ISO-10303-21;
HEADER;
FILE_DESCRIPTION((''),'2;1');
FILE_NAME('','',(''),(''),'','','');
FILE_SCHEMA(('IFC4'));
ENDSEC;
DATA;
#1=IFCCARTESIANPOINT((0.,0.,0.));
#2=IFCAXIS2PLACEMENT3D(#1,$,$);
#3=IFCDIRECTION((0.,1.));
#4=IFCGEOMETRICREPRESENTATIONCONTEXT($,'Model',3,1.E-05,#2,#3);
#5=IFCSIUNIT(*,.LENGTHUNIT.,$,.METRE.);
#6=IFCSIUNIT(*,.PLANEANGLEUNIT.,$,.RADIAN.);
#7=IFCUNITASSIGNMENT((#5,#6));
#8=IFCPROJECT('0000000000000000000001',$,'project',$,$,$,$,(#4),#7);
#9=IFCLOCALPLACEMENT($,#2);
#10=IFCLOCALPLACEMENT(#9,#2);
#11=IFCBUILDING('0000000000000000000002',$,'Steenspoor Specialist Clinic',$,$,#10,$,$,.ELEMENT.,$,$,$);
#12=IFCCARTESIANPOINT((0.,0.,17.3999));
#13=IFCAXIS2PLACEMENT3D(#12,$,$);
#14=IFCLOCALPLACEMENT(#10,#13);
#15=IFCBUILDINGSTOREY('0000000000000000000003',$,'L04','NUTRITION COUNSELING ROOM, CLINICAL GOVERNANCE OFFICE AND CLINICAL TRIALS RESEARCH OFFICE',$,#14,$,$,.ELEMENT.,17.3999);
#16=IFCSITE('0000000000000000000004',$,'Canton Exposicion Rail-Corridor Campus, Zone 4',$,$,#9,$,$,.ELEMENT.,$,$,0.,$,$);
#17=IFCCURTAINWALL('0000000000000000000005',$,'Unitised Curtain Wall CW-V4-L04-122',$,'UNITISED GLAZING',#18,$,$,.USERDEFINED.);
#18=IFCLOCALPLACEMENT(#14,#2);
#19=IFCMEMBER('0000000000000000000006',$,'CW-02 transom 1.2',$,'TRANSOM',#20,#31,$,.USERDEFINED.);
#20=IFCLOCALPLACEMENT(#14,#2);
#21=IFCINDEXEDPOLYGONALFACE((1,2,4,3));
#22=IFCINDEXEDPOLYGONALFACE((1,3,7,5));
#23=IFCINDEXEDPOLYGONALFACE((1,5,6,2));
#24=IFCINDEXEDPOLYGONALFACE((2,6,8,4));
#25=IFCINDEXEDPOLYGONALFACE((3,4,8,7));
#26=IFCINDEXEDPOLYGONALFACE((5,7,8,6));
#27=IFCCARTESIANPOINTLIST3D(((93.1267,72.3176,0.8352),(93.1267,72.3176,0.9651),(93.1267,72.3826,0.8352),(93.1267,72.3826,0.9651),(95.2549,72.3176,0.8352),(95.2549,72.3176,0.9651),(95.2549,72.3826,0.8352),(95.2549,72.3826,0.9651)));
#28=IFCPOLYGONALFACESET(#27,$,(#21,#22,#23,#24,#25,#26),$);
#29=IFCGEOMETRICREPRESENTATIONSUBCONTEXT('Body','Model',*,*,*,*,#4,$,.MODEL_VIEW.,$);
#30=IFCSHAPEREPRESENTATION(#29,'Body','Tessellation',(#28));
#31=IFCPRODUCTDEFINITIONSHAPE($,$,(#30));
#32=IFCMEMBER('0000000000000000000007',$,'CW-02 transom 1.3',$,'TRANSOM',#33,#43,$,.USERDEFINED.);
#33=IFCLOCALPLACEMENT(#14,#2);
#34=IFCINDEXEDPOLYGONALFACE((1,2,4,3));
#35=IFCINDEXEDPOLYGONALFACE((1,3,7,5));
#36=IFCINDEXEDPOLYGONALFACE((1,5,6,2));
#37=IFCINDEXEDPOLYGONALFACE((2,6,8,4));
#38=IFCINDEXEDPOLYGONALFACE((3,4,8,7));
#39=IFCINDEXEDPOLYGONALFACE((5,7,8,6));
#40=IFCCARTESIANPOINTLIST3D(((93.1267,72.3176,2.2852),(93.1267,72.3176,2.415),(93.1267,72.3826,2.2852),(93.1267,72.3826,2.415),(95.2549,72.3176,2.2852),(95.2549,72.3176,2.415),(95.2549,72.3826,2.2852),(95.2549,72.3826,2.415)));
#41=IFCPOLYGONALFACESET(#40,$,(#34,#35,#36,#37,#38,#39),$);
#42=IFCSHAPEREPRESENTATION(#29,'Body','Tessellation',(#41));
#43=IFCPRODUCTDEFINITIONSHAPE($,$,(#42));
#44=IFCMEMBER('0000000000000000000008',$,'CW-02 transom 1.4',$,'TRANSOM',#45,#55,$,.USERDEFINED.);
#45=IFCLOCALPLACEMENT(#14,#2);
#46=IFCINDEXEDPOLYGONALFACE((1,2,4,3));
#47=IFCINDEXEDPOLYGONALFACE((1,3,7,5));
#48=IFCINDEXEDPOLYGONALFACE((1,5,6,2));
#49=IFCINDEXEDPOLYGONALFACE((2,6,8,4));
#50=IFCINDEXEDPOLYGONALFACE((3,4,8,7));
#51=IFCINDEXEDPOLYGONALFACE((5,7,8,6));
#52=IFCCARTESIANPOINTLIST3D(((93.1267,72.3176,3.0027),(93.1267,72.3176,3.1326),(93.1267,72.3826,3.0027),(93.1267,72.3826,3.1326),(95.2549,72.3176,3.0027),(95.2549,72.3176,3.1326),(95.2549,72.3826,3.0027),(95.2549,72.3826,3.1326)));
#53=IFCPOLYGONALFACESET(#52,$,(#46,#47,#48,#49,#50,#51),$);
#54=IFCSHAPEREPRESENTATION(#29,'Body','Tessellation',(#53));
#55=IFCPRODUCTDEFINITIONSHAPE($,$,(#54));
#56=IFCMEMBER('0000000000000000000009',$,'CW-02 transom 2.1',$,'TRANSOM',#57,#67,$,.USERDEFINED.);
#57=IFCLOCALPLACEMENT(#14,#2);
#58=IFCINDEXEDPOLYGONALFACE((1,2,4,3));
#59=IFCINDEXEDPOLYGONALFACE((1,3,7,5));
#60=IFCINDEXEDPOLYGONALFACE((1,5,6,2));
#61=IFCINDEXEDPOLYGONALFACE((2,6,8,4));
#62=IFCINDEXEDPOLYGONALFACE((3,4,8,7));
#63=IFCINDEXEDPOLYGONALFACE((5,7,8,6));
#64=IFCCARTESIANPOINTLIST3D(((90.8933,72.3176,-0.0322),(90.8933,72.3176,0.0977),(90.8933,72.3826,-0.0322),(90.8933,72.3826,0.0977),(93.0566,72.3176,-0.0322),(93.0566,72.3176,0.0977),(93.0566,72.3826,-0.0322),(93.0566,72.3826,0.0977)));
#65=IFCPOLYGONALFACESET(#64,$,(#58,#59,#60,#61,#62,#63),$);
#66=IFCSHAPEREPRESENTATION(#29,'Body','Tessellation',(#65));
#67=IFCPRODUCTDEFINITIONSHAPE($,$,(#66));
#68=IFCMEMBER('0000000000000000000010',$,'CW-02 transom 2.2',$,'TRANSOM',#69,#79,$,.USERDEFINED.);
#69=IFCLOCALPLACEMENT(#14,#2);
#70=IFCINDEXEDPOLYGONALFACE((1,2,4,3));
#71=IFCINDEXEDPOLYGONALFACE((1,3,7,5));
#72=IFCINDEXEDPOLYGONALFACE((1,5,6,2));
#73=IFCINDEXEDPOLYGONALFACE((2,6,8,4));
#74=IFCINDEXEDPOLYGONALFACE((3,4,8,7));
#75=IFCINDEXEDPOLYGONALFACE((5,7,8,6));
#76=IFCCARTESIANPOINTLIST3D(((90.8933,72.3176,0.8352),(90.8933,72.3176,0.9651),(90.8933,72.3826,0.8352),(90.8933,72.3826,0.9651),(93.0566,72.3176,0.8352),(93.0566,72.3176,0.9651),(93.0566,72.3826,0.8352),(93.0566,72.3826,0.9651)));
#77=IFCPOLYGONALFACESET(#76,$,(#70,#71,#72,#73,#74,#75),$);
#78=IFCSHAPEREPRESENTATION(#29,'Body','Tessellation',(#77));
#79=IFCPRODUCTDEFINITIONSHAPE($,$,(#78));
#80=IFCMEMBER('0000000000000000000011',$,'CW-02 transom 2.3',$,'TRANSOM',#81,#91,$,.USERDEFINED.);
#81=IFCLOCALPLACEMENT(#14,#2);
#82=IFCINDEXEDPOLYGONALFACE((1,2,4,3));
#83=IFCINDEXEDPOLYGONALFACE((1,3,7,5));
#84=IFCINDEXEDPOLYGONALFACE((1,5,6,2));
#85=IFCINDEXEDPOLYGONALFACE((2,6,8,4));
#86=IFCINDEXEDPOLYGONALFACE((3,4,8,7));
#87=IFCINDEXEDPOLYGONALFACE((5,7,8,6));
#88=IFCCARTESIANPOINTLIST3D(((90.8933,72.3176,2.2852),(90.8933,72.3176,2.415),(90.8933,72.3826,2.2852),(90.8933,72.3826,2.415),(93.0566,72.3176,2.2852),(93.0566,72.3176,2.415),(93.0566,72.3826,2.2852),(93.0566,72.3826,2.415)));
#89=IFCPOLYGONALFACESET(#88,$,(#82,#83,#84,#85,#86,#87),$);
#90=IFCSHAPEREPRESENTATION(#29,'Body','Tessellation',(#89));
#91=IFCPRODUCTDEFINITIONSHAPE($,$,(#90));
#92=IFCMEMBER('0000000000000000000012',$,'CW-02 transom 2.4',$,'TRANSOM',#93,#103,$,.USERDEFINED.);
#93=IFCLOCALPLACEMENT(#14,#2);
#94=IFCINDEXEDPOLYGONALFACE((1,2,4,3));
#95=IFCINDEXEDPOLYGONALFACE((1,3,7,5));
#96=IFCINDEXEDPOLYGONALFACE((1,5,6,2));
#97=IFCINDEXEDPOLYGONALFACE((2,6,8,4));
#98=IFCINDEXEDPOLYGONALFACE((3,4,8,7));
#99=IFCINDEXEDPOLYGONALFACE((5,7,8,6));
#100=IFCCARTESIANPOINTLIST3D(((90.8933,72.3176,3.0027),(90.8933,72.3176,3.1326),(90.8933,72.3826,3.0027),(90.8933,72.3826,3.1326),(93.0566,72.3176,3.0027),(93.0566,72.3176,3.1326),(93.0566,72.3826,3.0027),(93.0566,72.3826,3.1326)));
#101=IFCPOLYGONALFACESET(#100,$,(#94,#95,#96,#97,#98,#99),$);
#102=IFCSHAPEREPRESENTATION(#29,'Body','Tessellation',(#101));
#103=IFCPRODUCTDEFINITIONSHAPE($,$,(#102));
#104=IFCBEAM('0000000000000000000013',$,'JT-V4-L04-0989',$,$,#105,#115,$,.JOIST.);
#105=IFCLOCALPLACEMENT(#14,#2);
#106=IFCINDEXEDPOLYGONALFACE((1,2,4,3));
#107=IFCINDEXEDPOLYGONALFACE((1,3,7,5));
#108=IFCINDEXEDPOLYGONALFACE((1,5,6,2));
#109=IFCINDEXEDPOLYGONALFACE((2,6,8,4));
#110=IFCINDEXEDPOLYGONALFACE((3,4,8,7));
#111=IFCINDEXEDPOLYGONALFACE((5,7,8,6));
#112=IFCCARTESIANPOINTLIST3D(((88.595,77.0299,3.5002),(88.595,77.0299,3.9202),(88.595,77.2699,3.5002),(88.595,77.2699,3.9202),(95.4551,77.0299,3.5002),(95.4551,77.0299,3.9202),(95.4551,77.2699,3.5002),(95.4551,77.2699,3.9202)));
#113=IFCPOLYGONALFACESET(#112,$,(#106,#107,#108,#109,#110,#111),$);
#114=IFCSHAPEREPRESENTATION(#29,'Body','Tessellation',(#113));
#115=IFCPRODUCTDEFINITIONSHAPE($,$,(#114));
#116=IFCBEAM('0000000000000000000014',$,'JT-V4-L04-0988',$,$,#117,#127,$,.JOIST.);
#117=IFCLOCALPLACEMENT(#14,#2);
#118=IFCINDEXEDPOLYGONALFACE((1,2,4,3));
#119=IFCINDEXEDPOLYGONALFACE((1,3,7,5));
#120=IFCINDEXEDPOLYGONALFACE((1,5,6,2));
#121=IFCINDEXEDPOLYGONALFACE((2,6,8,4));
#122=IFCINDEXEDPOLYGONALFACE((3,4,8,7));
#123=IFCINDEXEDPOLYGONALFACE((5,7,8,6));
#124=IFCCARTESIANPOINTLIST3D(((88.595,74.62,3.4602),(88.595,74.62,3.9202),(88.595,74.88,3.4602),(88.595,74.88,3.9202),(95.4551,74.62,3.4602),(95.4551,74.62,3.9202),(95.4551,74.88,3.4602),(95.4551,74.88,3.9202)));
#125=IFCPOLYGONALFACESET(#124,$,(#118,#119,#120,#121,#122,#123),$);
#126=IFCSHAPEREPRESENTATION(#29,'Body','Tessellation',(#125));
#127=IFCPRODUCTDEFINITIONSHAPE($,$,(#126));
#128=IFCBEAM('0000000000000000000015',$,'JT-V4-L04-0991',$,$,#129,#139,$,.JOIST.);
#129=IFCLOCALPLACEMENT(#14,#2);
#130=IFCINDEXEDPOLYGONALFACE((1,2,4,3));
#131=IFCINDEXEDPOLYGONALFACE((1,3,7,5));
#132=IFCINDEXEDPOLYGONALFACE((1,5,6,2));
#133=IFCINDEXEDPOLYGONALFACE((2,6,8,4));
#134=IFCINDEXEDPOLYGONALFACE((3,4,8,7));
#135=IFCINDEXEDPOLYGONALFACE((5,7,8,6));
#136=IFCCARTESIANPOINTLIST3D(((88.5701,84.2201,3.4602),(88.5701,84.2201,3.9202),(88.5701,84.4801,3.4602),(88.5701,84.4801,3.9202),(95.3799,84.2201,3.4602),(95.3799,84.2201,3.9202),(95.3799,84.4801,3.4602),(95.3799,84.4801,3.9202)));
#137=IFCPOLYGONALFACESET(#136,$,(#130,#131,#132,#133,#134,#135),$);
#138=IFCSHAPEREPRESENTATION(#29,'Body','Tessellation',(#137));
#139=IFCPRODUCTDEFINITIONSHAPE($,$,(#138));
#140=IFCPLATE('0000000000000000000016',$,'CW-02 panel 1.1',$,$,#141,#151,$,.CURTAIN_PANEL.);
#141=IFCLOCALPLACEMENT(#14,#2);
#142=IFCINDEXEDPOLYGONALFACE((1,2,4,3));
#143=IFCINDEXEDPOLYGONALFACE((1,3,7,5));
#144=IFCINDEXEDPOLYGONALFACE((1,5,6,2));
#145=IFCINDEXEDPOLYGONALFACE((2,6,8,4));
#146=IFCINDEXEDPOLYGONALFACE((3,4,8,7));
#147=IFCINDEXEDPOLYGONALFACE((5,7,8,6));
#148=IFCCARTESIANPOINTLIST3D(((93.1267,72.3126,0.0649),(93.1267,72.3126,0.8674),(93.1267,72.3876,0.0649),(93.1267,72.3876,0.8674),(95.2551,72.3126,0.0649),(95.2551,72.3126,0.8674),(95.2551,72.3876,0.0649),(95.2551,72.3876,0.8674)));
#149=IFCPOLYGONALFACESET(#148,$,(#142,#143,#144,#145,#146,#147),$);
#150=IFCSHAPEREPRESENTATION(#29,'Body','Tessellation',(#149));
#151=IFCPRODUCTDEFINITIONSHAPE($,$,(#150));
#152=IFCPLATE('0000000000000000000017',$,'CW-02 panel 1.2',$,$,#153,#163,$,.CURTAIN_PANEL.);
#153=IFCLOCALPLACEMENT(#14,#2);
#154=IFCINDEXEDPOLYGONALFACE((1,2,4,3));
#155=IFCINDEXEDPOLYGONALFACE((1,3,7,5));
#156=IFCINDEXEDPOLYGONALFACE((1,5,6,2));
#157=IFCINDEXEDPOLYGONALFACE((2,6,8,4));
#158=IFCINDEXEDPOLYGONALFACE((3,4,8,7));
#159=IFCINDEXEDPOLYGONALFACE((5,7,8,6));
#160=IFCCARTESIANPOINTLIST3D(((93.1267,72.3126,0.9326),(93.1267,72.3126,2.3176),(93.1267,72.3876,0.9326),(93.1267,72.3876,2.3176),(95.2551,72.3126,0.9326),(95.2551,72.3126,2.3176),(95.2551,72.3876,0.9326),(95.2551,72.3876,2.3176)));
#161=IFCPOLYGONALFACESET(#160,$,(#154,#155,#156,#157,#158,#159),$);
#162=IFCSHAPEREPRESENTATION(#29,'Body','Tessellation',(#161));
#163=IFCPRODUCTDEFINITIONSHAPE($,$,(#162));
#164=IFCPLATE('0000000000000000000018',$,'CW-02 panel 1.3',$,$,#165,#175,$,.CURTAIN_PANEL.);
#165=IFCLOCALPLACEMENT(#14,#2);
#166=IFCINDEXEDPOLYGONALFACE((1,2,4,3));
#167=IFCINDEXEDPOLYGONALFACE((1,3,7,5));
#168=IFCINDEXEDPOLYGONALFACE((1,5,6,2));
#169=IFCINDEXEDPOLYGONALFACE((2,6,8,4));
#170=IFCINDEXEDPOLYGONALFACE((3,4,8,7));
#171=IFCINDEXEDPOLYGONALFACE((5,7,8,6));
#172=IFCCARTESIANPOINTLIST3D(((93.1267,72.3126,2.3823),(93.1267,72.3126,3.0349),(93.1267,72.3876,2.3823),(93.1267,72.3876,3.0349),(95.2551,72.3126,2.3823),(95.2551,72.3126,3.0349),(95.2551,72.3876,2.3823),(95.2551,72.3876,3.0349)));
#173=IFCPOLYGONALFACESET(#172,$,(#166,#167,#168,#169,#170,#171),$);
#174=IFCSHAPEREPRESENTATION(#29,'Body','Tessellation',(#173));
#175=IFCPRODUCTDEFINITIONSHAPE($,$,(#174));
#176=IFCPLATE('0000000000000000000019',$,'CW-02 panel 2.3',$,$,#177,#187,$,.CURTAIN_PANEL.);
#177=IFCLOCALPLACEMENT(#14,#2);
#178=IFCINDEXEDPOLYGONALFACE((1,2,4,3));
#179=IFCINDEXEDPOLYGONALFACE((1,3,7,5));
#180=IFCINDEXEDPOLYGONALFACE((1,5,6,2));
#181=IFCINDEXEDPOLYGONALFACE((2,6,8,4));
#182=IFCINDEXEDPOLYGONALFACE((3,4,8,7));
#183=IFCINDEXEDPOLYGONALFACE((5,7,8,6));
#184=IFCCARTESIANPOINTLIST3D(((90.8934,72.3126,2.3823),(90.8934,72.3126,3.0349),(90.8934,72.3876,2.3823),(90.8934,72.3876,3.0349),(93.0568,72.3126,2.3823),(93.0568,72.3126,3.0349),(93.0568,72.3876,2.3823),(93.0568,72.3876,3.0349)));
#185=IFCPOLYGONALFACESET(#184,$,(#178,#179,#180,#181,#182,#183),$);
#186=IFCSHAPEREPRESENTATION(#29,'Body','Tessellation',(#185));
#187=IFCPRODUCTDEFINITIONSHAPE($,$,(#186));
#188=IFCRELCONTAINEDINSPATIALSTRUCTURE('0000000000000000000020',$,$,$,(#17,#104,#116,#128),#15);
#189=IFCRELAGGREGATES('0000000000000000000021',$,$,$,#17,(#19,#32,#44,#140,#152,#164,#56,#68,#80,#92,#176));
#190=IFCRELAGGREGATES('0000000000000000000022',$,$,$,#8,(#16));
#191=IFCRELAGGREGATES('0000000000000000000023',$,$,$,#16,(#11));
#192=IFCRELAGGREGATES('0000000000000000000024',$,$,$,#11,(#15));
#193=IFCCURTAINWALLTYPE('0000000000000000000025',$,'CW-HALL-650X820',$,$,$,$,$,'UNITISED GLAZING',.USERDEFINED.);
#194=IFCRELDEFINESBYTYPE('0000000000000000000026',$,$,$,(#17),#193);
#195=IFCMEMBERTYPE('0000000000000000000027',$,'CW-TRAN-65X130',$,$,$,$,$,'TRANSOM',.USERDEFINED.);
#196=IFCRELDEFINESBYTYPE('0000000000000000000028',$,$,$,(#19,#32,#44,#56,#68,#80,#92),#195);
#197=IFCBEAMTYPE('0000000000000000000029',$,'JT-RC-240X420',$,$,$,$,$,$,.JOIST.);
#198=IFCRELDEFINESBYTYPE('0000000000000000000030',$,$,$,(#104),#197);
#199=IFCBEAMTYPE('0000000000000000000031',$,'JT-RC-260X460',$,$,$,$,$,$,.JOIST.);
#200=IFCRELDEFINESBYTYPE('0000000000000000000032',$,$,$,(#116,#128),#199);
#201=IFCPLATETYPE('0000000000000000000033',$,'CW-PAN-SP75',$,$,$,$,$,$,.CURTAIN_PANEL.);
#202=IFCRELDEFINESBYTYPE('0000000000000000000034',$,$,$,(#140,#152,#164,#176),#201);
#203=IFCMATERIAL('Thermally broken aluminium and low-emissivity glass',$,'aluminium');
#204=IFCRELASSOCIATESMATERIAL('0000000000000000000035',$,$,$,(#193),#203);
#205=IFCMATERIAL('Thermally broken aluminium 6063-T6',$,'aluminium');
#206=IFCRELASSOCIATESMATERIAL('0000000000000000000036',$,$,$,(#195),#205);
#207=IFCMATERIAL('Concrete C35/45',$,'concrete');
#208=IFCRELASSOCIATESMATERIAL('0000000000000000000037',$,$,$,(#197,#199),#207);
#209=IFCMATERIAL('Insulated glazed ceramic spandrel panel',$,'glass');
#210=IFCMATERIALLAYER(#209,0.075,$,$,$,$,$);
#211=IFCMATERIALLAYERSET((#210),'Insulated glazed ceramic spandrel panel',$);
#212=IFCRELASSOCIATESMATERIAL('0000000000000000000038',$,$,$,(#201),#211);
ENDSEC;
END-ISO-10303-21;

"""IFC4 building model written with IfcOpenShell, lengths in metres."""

from ifc_helpers import new_model, si_unit, direction, frame, origin, origin_2d, place, context, subcontext, project, spatial, rectangle, extrude, material, layer, layer_set, material_profile, profile_set, type_object, element, aggregate, save


model = new_model("IFC4")

# Units and contexts
model_context = context("Model", 3, precision=1e-05, world=origin(), true_north=direction((0.0, 1.0)))
body_context = subcontext(model_context, "Body", "Model", "MODEL_VIEW")
ifc_project = project(units=[si_unit("LENGTHUNIT", "METRE"), si_unit("PLANEANGLEUNIT", "RADIAN")], contexts=[model_context])

# Site, building, storey
site_placement = place(None, origin())
site = spatial("IfcSite", under=ifc_project, at=site_placement, Name="Canton Exposicion Rail-Corridor Campus, Zone 4", CompositionType="ELEMENT", RefElevation=0.0)
building_placement = place(site_placement, origin())
building = spatial("IfcBuilding", under=site, at=building_placement, Name="Steenspoor Specialist Clinic", CompositionType="ELEMENT")
storey_placement = place(building_placement, frame((0.0, 0.0, 17.3999)))
storey = spatial("IfcBuildingStorey", under=building, at=storey_placement, Name="L04", Description="NUTRITION COUNSELING ROOM, CLINICAL GOVERNANCE OFFICE AND CLINICAL TRIALS RESEARCH OFFICE", CompositionType="ELEMENT", Elevation=17.3999)

# Shared definitions
ifc_material_1 = material(Name="Concrete C35/45", Category="concrete")

# Shared definitions
ifc_material_2 = material(Name="Thermally broken aluminium and low-emissivity glass", Category="aluminium")
ifc_material_3 = material(Name="Thermally broken aluminium 6063-T6", Category="aluminium")

# Curtain wall, members
curtain_wall_type_1 = type_object("IfcCurtainWallType", Name="CW-HALL-650X820", ElementType="UNITISED GLAZING", PredefinedType="USERDEFINED", material=ifc_material_2)
curtain_wall_1_placement = place(storey_placement, origin())
curtain_wall_1 = element("IfcCurtainWall", 1, at=curtain_wall_1_placement, inside=storey, type_object=curtain_wall_type_1, Name="Unitised Curtain Wall CW-V4-L04-122", ObjectType="UNITISED GLAZING", PredefinedType="USERDEFINED")
ifc_material_profile_1 = material_profile(ifc_material_3, rectangle(XDim=0.0649, YDim=0.1299, at=origin_2d()), Name="CWT-65X130")
ifc_profile_set_1 = profile_set([ifc_material_profile_1], Name="Thermally broken aluminium 6063-T6")
member_type_1 = type_object("IfcMemberType", Name="CW-TRAN-65X130", ElementType="TRANSOM", PredefinedType="USERDEFINED", material=ifc_profile_set_1)
member_1_placement = place(storey_placement, frame((95.2549, 72.3501, 0.9001), z_axis=(-1.0, 0.0, 0.0), x_axis=(0.0, -1.0, 0.0)))
member_1 = element("IfcMember", 2, at=member_1_placement, type_object=member_type_1, Name="CW-02 transom 1.2", ObjectType="TRANSOM", PredefinedType="USERDEFINED", context=body_context, shape_type="SweptSolid", body=[
    extrude(rectangle(XDim=0.0649, YDim=0.1299, at=origin_2d()), origin(), (0.0, 0.0, 1.0), 2.1282),
])
member_2_placement = place(storey_placement, frame((95.2549, 72.3501, 2.3501), z_axis=(-1.0, 0.0, 0.0), x_axis=(0.0, -1.0, 0.0)))
member_2 = element("IfcMember", 3, at=member_2_placement, type_object=member_type_1, Name="CW-02 transom 1.3", ObjectType="TRANSOM", PredefinedType="USERDEFINED", context=body_context, shape_type="SweptSolid", body=[
    extrude(rectangle(XDim=0.0649, YDim=0.1299, at=origin_2d()), origin(), (0.0, 0.0, 1.0), 2.1282),
])
member_3_placement = place(storey_placement, frame((95.2549, 72.3501, 3.0676), z_axis=(-1.0, 0.0, 0.0), x_axis=(0.0, -1.0, 0.0)))
member_3 = element("IfcMember", 4, at=member_3_placement, type_object=member_type_1, Name="CW-02 transom 1.4", ObjectType="TRANSOM", PredefinedType="USERDEFINED", context=body_context, shape_type="SweptSolid", body=[
    extrude(rectangle(XDim=0.0649, YDim=0.1299, at=origin_2d()), origin(), (0.0, 0.0, 1.0), 2.1282),
])
member_4_placement = place(storey_placement, frame((93.0566, 72.3501, 0.0327), z_axis=(-1.0, 0.0, 0.0), x_axis=(0.0, -1.0, 0.0)))
member_4 = element("IfcMember", 5, at=member_4_placement, type_object=member_type_1, Name="CW-02 transom 2.1", ObjectType="TRANSOM", PredefinedType="USERDEFINED", context=body_context, shape_type="SweptSolid", body=[
    extrude(rectangle(XDim=0.0649, YDim=0.1299, at=origin_2d()), origin(), (0.0, 0.0, 1.0), 2.1633),
])
member_5_placement = place(storey_placement, frame((93.0566, 72.3501, 0.9001), z_axis=(-1.0, 0.0, 0.0), x_axis=(0.0, -1.0, 0.0)))
member_5 = element("IfcMember", 6, at=member_5_placement, type_object=member_type_1, Name="CW-02 transom 2.2", ObjectType="TRANSOM", PredefinedType="USERDEFINED", context=body_context, shape_type="SweptSolid", body=[
    extrude(rectangle(XDim=0.0649, YDim=0.1299, at=origin_2d()), origin(), (0.0, 0.0, 1.0), 2.1633),
])
member_6_placement = place(storey_placement, frame((93.0566, 72.3501, 2.3501), z_axis=(-1.0, 0.0, 0.0), x_axis=(0.0, -1.0, 0.0)))
member_6 = element("IfcMember", 7, at=member_6_placement, type_object=member_type_1, Name="CW-02 transom 2.3", ObjectType="TRANSOM", PredefinedType="USERDEFINED", context=body_context, shape_type="SweptSolid", body=[
    extrude(rectangle(XDim=0.0649, YDim=0.1299, at=origin_2d()), origin(), (0.0, 0.0, 1.0), 2.1633),
])
member_7_placement = place(storey_placement, frame((93.0566, 72.3501, 3.0676), z_axis=(-1.0, 0.0, 0.0), x_axis=(0.0, -1.0, 0.0)))
member_7 = element("IfcMember", 8, at=member_7_placement, type_object=member_type_1, Name="CW-02 transom 2.4", ObjectType="TRANSOM", PredefinedType="USERDEFINED", context=body_context, shape_type="SweptSolid", body=[
    extrude(rectangle(XDim=0.0649, YDim=0.1299, at=origin_2d()), origin(), (0.0, 0.0, 1.0), 2.1633),
])

# Beams
ifc_material_profile_2 = material_profile(ifc_material_1, rectangle(XDim=0.24, YDim=0.4199, at=origin_2d()), Name="RC-JT-240X420")
ifc_profile_set_2 = profile_set([ifc_material_profile_2], Name="Concrete C35/45")
beam_type_1 = type_object("IfcBeamType", Name="JT-RC-240X420", PredefinedType="JOIST", material=ifc_profile_set_2)
beam_1_placement = place(storey_placement, frame((88.595, 77.1499, 3.7102), z_axis=(1.0, 0.0, 0.0), x_axis=(0.0, 1.0, 0.0)))
element("IfcBeam", 9, at=beam_1_placement, inside=storey, type_object=beam_type_1, Name="JT-V4-L04-0989", PredefinedType="JOIST", context=body_context, shape_type="SweptSolid", body=[
    extrude(rectangle(XDim=0.24, YDim=0.4199, at=origin_2d()), origin(), (0.0, 0.0, 1.0), 6.8601),
])
ifc_material_profile_3 = material_profile(ifc_material_1, rectangle(XDim=0.26, YDim=0.46, at=origin_2d()), Name="RC-JT-260X460")
ifc_profile_set_3 = profile_set([ifc_material_profile_3], Name="Concrete C35/45")
beam_type_2 = type_object("IfcBeamType", Name="JT-RC-260X460", PredefinedType="JOIST", material=ifc_profile_set_3)
beam_2_placement = place(storey_placement, frame((88.595, 74.75, 3.6902), z_axis=(1.0, 0.0, 0.0), x_axis=(0.0, 1.0, 0.0)))
element("IfcBeam", 10, at=beam_2_placement, inside=storey, type_object=beam_type_2, Name="JT-V4-L04-0988", PredefinedType="JOIST", context=body_context, shape_type="SweptSolid", body=[
    extrude(rectangle(XDim=0.26, YDim=0.46, at=origin_2d()), origin(), (0.0, 0.0, 1.0), 6.8601),
])
beam_3_placement = place(storey_placement, frame((88.5701, 84.3501, 3.6902), z_axis=(1.0, 0.0, 0.0), x_axis=(0.0, 1.0, 0.0)))
element("IfcBeam", 11, at=beam_3_placement, inside=storey, type_object=beam_type_2, Name="JT-V4-L04-0991", PredefinedType="JOIST", context=body_context, shape_type="SweptSolid", body=[
    extrude(rectangle(XDim=0.26, YDim=0.46, at=origin_2d()), origin(), (0.0, 0.0, 1.0), 6.8098),
])

# Plates
ifc_material_4 = material(Name="Insulated glazed ceramic spandrel panel", Category="glass")
ifc_layer = layer(ifc_material_4, 0.075)
ifc_layer_set = layer_set([ifc_layer], Name="Insulated glazed ceramic spandrel panel")
plate_type = type_object("IfcPlateType", Name="CW-PAN-SP75", PredefinedType="CURTAIN_PANEL", material=ifc_layer_set)
plate_1_placement = place(storey_placement, frame((94.1909, 72.3501, 0.0649), z_axis=(0.0, 0.0, 1.0), x_axis=(-1.0, 0.0, 0.0)))
plate_1 = element("IfcPlate", 12, at=plate_1_placement, type_object=plate_type, Name="CW-02 panel 1.1", PredefinedType="CURTAIN_PANEL", context=body_context, shape_type="SweptSolid", body=[
    extrude(rectangle(XDim=2.1284, YDim=0.075, at=origin_2d()), origin(), (0.0, 0.0, 1.0), 0.8025),
])
plate_2_placement = place(storey_placement, frame((94.1909, 72.3501, 0.9326), z_axis=(0.0, 0.0, 1.0), x_axis=(-1.0, 0.0, 0.0)))
plate_2 = element("IfcPlate", 13, at=plate_2_placement, type_object=plate_type, Name="CW-02 panel 1.2", PredefinedType="CURTAIN_PANEL", context=body_context, shape_type="SweptSolid", body=[
    extrude(rectangle(XDim=2.1284, YDim=0.075, at=origin_2d()), origin(), (0.0, 0.0, 1.0), 1.385),
])
plate_3_placement = place(storey_placement, frame((94.1909, 72.3501, 2.3823), z_axis=(0.0, 0.0, 1.0), x_axis=(-1.0, 0.0, 0.0)))
plate_3 = element("IfcPlate", 14, at=plate_3_placement, type_object=plate_type, Name="CW-02 panel 1.3", PredefinedType="CURTAIN_PANEL", context=body_context, shape_type="SweptSolid", body=[
    extrude(rectangle(XDim=2.1284, YDim=0.075, at=origin_2d()), origin(), (0.0, 0.0, 1.0), 0.6526),
])
plate_4_placement = place(storey_placement, frame((91.9751, 72.3501, 2.3823), z_axis=(0.0, 0.0, 1.0), x_axis=(-1.0, 0.0, 0.0)))
plate_4 = element("IfcPlate", 15, at=plate_4_placement, type_object=plate_type, Name="CW-02 panel 2.3", PredefinedType="CURTAIN_PANEL", context=body_context, shape_type="SweptSolid", body=[
    extrude(rectangle(XDim=2.1633, YDim=0.075, at=origin_2d()), origin(), (0.0, 0.0, 1.0), 0.6526),
])
aggregate(curtain_wall_1, [member_1, member_2, member_3, plate_1, plate_2, plate_3, member_4, member_5, member_6, member_7, plate_4])

save(model, "model.ifc")
